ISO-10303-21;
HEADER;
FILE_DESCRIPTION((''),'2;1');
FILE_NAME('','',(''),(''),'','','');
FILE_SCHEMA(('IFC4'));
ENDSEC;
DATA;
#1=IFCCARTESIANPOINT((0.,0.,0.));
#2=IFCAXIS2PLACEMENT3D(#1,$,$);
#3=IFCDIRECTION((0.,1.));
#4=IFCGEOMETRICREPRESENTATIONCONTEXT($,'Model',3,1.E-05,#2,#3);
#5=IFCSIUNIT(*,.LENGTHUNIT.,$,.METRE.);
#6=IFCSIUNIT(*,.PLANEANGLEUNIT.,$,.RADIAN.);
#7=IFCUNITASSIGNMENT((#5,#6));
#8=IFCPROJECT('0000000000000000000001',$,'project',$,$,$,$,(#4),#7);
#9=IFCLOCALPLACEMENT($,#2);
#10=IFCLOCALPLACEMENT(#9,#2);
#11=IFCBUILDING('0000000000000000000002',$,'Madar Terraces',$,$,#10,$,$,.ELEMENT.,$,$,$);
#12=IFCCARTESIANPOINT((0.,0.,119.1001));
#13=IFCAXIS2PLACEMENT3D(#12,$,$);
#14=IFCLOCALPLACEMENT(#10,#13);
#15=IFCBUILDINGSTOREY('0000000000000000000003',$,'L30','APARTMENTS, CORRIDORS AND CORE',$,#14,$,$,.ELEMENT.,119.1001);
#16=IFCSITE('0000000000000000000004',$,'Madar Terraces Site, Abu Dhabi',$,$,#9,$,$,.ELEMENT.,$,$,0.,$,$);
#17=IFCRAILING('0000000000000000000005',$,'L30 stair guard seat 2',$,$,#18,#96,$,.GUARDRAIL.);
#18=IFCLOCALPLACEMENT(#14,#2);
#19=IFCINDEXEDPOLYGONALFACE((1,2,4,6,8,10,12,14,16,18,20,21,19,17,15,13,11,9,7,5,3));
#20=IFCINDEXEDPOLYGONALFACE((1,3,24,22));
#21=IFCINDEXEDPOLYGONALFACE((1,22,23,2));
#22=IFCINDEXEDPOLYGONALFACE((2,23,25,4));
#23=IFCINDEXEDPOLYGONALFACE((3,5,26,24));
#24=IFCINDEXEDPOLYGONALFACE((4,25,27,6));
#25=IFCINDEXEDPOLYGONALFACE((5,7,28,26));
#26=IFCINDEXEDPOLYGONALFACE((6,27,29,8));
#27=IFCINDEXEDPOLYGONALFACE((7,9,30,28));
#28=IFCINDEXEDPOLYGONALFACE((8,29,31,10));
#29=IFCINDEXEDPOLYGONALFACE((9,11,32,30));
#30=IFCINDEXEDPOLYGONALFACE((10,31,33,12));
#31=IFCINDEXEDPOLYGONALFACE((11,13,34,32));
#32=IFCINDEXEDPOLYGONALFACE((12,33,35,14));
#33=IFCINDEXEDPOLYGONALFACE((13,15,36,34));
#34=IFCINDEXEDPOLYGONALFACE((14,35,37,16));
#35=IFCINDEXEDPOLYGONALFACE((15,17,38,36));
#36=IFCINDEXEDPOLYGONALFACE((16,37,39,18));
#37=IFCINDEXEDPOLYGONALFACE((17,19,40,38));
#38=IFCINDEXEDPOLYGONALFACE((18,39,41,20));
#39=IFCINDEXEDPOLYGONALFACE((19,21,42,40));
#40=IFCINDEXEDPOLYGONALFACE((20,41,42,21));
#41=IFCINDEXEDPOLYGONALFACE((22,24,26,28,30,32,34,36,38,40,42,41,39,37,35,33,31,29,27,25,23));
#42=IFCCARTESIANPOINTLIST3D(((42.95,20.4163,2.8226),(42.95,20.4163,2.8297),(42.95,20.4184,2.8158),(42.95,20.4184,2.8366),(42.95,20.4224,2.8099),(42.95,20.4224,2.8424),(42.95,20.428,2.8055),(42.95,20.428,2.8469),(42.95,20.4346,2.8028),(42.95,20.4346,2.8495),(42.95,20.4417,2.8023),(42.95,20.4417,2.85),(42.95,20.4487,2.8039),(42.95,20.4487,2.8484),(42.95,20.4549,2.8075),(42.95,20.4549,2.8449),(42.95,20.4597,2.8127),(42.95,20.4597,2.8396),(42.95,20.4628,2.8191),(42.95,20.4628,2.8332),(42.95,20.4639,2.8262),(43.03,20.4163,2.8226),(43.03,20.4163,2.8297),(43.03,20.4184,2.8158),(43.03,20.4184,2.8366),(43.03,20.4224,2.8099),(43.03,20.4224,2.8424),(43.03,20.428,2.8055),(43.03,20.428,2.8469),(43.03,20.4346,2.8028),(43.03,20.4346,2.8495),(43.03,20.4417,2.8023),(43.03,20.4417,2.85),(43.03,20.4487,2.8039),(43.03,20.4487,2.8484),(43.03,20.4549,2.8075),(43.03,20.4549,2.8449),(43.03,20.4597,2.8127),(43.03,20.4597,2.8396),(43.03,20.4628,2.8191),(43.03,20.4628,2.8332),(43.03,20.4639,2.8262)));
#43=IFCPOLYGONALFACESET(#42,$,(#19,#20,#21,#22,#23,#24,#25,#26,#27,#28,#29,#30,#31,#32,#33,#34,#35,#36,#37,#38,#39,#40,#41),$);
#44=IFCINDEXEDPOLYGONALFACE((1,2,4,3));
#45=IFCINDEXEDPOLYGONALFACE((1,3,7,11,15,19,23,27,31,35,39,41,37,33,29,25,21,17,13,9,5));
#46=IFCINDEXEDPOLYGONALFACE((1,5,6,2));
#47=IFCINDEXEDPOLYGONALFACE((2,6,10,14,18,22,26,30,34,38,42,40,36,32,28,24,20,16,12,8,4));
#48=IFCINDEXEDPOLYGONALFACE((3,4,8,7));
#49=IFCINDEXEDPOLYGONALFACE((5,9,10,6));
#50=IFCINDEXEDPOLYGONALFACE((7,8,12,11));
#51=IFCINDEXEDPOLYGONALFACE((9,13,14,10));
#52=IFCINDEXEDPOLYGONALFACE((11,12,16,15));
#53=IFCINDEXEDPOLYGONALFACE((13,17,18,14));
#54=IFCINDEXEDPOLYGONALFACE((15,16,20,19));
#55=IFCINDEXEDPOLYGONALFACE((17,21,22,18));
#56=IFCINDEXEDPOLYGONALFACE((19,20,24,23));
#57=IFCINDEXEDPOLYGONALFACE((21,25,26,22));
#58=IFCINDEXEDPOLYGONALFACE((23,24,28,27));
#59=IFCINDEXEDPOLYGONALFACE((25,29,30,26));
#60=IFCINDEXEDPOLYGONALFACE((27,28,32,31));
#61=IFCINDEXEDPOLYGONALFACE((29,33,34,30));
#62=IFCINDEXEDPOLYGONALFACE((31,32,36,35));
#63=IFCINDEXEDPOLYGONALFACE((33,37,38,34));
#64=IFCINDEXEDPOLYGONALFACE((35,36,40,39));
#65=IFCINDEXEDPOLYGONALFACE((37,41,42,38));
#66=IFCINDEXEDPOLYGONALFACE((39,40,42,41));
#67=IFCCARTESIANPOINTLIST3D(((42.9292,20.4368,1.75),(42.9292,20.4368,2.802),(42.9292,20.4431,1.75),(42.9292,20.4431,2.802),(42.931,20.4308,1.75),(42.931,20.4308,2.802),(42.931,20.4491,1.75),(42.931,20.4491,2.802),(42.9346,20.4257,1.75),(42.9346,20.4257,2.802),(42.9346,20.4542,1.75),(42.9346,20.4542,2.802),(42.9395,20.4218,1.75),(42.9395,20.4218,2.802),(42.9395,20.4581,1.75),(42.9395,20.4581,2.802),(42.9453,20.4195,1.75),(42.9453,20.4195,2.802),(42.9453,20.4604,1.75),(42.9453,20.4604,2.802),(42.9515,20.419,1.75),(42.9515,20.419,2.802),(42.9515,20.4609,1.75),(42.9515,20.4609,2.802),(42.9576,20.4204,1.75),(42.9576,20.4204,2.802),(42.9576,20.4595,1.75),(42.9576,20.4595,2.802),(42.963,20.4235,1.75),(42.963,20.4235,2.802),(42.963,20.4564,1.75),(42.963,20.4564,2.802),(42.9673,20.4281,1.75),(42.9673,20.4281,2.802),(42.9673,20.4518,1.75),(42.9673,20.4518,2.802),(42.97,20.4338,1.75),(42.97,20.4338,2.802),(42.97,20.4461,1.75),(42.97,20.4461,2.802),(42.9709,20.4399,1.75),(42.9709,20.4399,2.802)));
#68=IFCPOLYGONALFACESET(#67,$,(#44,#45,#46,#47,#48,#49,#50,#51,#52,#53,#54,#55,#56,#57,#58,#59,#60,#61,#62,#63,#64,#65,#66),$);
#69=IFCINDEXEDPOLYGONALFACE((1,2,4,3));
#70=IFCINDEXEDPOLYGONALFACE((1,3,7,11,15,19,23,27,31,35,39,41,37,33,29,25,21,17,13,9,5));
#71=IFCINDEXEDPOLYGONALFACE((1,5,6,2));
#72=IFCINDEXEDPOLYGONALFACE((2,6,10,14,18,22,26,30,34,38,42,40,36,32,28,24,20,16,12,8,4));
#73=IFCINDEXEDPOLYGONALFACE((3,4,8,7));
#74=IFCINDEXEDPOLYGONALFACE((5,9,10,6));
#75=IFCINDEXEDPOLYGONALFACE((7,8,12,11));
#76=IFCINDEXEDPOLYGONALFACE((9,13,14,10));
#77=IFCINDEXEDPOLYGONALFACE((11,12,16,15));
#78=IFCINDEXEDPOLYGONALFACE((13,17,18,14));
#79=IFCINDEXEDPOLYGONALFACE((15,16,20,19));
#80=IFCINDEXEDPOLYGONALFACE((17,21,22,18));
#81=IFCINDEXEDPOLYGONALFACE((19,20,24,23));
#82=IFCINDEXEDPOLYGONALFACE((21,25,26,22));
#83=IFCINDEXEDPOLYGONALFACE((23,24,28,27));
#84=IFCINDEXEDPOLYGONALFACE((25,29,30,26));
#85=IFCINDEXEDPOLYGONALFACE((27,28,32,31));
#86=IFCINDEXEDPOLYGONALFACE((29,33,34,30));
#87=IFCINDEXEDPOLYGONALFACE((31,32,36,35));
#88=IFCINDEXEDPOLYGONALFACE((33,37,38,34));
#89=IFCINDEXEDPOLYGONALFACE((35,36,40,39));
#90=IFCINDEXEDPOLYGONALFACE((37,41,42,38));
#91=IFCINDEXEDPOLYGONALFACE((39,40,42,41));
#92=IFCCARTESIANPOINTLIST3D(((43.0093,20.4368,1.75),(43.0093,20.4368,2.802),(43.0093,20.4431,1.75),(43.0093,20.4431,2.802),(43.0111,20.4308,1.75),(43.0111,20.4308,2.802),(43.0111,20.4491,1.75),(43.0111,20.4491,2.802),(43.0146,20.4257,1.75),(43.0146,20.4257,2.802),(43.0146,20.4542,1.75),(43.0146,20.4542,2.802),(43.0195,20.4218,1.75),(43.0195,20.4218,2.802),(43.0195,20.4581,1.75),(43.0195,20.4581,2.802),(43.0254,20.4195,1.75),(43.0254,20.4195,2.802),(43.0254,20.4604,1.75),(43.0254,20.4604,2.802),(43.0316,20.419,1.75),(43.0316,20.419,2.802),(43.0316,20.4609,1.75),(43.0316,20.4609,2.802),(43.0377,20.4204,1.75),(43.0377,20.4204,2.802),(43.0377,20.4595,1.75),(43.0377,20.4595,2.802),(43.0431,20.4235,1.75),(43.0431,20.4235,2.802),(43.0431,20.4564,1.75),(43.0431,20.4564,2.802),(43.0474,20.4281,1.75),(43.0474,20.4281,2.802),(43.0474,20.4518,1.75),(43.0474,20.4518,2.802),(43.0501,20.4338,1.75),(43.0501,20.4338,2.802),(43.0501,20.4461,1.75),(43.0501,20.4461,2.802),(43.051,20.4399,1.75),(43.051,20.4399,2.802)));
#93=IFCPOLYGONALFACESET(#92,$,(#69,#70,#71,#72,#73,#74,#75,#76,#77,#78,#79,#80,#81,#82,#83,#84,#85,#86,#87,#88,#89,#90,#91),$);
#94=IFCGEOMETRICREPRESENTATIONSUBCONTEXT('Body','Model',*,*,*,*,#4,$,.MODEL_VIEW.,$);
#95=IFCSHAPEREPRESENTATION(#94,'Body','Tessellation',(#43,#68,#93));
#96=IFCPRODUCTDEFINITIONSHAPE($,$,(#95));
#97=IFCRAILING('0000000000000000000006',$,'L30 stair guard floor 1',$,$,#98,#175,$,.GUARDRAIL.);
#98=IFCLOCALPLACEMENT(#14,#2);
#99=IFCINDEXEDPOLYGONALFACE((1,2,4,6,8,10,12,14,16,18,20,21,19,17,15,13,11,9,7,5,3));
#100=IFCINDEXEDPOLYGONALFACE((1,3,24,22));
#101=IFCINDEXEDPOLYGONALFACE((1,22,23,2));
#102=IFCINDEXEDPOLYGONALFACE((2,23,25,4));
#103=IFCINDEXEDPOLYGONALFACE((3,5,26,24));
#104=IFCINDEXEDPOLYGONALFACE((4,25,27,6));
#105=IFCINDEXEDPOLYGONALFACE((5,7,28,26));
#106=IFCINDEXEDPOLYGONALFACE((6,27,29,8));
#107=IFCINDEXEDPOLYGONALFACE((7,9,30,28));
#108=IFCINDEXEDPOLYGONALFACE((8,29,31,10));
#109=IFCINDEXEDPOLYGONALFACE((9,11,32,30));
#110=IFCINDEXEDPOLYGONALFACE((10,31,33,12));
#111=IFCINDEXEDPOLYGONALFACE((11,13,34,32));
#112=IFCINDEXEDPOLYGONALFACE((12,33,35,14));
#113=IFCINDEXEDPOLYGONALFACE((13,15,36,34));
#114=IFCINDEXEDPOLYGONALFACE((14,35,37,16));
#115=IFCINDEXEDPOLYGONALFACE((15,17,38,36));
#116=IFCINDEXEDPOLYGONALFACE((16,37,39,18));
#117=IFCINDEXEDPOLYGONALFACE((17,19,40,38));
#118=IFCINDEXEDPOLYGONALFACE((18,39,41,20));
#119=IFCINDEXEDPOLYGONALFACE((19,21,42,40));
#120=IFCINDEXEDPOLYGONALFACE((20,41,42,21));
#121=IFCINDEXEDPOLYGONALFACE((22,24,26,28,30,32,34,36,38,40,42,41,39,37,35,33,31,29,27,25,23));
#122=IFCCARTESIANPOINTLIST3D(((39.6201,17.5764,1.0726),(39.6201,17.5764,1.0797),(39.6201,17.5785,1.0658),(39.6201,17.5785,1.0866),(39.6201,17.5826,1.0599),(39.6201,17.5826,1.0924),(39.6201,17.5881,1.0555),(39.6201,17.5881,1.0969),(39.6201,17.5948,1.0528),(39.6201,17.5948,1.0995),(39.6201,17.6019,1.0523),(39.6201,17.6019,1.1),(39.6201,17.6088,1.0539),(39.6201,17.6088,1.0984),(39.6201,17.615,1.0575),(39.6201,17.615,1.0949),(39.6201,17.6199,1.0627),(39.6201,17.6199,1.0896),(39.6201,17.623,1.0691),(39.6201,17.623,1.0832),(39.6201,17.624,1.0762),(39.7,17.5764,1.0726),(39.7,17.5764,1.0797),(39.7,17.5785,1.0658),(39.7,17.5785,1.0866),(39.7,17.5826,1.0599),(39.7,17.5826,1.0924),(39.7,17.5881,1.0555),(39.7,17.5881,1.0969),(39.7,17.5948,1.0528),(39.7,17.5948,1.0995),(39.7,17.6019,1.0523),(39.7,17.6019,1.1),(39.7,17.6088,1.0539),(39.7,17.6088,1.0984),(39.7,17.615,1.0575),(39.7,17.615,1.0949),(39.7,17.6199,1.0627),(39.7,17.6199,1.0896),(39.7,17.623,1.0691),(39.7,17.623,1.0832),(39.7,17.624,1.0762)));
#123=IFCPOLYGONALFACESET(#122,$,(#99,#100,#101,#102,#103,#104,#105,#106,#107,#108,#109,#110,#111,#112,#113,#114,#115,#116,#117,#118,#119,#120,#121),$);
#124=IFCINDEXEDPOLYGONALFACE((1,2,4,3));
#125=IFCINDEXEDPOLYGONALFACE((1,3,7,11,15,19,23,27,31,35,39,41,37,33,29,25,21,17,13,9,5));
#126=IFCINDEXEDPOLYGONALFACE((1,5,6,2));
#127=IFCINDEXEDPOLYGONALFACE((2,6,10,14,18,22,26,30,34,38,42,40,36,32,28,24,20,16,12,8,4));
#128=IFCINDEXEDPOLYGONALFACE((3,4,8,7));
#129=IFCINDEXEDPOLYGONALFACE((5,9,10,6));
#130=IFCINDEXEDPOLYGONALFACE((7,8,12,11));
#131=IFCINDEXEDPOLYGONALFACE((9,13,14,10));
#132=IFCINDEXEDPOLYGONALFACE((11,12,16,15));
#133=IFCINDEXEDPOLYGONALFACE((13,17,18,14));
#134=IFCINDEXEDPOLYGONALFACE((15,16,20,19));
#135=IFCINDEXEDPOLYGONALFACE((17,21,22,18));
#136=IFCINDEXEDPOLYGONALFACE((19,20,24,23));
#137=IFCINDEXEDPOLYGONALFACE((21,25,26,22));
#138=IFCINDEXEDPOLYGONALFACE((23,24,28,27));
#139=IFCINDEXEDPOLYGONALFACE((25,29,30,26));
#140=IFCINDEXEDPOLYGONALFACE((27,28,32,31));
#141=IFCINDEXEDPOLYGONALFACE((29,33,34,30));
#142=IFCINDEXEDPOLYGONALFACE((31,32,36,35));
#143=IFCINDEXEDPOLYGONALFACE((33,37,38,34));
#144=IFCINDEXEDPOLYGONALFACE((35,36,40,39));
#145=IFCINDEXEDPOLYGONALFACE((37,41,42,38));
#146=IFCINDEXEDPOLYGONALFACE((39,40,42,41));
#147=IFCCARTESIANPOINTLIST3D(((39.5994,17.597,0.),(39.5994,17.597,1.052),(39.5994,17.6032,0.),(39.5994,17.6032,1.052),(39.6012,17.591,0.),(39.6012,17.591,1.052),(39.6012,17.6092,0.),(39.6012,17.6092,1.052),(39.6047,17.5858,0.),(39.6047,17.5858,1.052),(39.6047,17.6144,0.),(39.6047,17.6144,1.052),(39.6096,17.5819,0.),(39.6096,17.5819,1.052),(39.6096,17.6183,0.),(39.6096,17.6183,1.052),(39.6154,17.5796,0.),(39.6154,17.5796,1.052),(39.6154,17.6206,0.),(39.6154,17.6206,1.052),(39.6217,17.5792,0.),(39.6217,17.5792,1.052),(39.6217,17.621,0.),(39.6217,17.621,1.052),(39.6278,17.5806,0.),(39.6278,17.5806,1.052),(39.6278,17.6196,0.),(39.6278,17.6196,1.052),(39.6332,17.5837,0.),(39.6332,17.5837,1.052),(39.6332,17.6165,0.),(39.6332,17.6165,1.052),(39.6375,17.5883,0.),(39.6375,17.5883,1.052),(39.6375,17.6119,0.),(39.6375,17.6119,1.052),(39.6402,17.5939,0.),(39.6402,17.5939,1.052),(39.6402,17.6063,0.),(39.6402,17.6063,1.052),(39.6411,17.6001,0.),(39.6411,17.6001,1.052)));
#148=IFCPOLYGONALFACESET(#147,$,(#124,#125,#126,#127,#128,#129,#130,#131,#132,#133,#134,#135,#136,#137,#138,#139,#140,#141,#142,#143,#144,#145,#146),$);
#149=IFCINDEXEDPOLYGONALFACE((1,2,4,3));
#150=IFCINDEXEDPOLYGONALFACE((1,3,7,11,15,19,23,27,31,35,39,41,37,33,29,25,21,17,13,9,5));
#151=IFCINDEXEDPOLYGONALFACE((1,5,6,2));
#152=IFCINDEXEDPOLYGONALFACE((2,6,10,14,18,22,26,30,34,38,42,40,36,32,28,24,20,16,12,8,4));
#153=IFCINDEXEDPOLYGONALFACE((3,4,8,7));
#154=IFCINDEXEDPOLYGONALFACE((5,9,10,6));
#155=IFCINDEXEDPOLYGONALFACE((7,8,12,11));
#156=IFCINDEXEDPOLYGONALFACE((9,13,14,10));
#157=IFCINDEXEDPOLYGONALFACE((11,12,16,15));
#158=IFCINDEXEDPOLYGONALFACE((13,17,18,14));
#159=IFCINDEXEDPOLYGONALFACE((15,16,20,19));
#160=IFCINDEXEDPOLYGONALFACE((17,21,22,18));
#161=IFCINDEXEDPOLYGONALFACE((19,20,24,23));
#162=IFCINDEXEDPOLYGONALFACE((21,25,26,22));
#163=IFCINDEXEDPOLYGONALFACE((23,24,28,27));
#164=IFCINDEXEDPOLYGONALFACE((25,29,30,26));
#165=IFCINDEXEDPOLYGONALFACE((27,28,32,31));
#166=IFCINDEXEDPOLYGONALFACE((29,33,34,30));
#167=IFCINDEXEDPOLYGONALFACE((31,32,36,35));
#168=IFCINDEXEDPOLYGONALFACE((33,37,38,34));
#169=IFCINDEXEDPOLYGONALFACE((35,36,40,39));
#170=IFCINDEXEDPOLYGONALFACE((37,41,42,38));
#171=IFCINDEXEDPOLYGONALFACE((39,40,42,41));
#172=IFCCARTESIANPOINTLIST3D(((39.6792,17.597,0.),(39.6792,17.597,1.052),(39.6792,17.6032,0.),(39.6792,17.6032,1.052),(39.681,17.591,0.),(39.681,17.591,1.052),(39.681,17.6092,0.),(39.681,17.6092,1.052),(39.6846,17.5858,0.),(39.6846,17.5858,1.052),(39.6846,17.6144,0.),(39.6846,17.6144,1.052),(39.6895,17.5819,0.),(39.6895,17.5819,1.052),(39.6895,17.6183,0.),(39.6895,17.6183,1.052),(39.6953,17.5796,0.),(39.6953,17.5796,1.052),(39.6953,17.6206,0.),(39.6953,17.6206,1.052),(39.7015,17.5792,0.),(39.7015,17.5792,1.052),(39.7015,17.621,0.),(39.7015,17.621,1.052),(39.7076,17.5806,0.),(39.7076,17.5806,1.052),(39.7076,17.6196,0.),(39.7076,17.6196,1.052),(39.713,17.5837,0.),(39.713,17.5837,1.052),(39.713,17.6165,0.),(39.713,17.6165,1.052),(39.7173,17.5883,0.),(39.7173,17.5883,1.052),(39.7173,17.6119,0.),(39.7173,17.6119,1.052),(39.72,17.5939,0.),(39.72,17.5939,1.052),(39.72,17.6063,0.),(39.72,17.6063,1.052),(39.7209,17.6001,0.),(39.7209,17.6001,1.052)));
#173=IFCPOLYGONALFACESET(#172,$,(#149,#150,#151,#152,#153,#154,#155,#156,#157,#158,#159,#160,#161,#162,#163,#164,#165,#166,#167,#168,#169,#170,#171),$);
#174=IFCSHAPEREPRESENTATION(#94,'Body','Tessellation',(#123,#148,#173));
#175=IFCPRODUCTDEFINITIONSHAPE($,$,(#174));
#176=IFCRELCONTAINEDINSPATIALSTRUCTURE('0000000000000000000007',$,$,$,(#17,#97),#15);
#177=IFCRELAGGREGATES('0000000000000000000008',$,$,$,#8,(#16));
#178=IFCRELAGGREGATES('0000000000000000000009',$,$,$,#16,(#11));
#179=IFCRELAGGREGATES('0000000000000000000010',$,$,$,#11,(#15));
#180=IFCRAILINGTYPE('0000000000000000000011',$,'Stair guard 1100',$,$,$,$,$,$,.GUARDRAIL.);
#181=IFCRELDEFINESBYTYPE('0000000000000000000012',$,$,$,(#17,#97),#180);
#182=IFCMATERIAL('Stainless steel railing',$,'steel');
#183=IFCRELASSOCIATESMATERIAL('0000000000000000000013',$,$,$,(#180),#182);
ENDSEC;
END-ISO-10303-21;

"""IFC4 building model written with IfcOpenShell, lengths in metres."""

from ifc_helpers import new_model, si_unit, direction, frame, origin, origin_2d, place, context, subcontext, project, spatial, circle, extrude, material, type_object, element, save


model = new_model("IFC4")

# Units and contexts
model_context = context("Model", 3, precision=1e-05, world=origin(), true_north=direction((0.0, 1.0)))
body_context = subcontext(model_context, "Body", "Model", "MODEL_VIEW")
ifc_project = project(units=[si_unit("LENGTHUNIT", "METRE"), si_unit("PLANEANGLEUNIT", "RADIAN")], contexts=[model_context])

# Site, building, storey
site_placement = place(None, origin())
site = spatial("IfcSite", under=ifc_project, at=site_placement, Name="Madar Terraces Site, Abu Dhabi", CompositionType="ELEMENT", RefElevation=0.0)
building_placement = place(site_placement, origin())
building = spatial("IfcBuilding", under=site, at=building_placement, Name="Madar Terraces", CompositionType="ELEMENT")
storey_placement = place(building_placement, frame((0.0, 0.0, 119.1001)))
storey = spatial("IfcBuildingStorey", under=building, at=storey_placement, Name="L30", Description="APARTMENTS, CORRIDORS AND CORE", CompositionType="ELEMENT", Elevation=119.1001)

# Railings
ifc_material_1 = material(Name="Stainless steel railing", Category="steel")
railing_type_1 = type_object("IfcRailingType", Name="Stair guard 1100", PredefinedType="GUARDRAIL", material=ifc_material_1)
railing_1_placement = place(storey_placement, frame((42.95, 20.4399, 1.75)))
element("IfcRailing", 1, at=railing_1_placement, inside=storey, type_object=railing_type_1, Name="L30 stair guard seat 2", PredefinedType="GUARDRAIL", context=body_context, shape_type="SweptSolid", body=[
    extrude(circle(Radius=0.0239, at=origin_2d()), frame((0.0, 0.0, 1.0762), z_axis=(1.0, 0.0, 0.0), x_axis=(0.0, 1.0, 0.0)), (0.0, 0.0, 1.0), 0.0801),
    extrude(circle(Radius=0.021, at=origin_2d()), origin(), (0.0, 0.0, 1.0), 1.052),
    extrude(circle(Radius=0.021, at=origin_2d()), frame((0.0801, 0.0, 0.0)), (0.0, 0.0, 1.0), 1.052),
])
railing_2_placement = place(storey_placement, frame((39.6201, 17.6001, 0.0)))
element("IfcRailing", 2, at=railing_2_placement, inside=storey, type_object=railing_type_1, Name="L30 stair guard floor 1", PredefinedType="GUARDRAIL", context=body_context, shape_type="SweptSolid", body=[
    extrude(circle(Radius=0.0239, at=origin_2d()), frame((0.0, 0.0, 1.0762), z_axis=(1.0, 0.0, 0.0), x_axis=(0.0, 1.0, 0.0)), (0.0, 0.0, 1.0), 0.0798),
    extrude(circle(Radius=0.021, at=origin_2d()), origin(), (0.0, 0.0, 1.0), 1.052),
    extrude(circle(Radius=0.021, at=origin_2d()), frame((0.0798, 0.0, 0.0)), (0.0, 0.0, 1.0), 1.052),
])

save(model, "model.ifc")
